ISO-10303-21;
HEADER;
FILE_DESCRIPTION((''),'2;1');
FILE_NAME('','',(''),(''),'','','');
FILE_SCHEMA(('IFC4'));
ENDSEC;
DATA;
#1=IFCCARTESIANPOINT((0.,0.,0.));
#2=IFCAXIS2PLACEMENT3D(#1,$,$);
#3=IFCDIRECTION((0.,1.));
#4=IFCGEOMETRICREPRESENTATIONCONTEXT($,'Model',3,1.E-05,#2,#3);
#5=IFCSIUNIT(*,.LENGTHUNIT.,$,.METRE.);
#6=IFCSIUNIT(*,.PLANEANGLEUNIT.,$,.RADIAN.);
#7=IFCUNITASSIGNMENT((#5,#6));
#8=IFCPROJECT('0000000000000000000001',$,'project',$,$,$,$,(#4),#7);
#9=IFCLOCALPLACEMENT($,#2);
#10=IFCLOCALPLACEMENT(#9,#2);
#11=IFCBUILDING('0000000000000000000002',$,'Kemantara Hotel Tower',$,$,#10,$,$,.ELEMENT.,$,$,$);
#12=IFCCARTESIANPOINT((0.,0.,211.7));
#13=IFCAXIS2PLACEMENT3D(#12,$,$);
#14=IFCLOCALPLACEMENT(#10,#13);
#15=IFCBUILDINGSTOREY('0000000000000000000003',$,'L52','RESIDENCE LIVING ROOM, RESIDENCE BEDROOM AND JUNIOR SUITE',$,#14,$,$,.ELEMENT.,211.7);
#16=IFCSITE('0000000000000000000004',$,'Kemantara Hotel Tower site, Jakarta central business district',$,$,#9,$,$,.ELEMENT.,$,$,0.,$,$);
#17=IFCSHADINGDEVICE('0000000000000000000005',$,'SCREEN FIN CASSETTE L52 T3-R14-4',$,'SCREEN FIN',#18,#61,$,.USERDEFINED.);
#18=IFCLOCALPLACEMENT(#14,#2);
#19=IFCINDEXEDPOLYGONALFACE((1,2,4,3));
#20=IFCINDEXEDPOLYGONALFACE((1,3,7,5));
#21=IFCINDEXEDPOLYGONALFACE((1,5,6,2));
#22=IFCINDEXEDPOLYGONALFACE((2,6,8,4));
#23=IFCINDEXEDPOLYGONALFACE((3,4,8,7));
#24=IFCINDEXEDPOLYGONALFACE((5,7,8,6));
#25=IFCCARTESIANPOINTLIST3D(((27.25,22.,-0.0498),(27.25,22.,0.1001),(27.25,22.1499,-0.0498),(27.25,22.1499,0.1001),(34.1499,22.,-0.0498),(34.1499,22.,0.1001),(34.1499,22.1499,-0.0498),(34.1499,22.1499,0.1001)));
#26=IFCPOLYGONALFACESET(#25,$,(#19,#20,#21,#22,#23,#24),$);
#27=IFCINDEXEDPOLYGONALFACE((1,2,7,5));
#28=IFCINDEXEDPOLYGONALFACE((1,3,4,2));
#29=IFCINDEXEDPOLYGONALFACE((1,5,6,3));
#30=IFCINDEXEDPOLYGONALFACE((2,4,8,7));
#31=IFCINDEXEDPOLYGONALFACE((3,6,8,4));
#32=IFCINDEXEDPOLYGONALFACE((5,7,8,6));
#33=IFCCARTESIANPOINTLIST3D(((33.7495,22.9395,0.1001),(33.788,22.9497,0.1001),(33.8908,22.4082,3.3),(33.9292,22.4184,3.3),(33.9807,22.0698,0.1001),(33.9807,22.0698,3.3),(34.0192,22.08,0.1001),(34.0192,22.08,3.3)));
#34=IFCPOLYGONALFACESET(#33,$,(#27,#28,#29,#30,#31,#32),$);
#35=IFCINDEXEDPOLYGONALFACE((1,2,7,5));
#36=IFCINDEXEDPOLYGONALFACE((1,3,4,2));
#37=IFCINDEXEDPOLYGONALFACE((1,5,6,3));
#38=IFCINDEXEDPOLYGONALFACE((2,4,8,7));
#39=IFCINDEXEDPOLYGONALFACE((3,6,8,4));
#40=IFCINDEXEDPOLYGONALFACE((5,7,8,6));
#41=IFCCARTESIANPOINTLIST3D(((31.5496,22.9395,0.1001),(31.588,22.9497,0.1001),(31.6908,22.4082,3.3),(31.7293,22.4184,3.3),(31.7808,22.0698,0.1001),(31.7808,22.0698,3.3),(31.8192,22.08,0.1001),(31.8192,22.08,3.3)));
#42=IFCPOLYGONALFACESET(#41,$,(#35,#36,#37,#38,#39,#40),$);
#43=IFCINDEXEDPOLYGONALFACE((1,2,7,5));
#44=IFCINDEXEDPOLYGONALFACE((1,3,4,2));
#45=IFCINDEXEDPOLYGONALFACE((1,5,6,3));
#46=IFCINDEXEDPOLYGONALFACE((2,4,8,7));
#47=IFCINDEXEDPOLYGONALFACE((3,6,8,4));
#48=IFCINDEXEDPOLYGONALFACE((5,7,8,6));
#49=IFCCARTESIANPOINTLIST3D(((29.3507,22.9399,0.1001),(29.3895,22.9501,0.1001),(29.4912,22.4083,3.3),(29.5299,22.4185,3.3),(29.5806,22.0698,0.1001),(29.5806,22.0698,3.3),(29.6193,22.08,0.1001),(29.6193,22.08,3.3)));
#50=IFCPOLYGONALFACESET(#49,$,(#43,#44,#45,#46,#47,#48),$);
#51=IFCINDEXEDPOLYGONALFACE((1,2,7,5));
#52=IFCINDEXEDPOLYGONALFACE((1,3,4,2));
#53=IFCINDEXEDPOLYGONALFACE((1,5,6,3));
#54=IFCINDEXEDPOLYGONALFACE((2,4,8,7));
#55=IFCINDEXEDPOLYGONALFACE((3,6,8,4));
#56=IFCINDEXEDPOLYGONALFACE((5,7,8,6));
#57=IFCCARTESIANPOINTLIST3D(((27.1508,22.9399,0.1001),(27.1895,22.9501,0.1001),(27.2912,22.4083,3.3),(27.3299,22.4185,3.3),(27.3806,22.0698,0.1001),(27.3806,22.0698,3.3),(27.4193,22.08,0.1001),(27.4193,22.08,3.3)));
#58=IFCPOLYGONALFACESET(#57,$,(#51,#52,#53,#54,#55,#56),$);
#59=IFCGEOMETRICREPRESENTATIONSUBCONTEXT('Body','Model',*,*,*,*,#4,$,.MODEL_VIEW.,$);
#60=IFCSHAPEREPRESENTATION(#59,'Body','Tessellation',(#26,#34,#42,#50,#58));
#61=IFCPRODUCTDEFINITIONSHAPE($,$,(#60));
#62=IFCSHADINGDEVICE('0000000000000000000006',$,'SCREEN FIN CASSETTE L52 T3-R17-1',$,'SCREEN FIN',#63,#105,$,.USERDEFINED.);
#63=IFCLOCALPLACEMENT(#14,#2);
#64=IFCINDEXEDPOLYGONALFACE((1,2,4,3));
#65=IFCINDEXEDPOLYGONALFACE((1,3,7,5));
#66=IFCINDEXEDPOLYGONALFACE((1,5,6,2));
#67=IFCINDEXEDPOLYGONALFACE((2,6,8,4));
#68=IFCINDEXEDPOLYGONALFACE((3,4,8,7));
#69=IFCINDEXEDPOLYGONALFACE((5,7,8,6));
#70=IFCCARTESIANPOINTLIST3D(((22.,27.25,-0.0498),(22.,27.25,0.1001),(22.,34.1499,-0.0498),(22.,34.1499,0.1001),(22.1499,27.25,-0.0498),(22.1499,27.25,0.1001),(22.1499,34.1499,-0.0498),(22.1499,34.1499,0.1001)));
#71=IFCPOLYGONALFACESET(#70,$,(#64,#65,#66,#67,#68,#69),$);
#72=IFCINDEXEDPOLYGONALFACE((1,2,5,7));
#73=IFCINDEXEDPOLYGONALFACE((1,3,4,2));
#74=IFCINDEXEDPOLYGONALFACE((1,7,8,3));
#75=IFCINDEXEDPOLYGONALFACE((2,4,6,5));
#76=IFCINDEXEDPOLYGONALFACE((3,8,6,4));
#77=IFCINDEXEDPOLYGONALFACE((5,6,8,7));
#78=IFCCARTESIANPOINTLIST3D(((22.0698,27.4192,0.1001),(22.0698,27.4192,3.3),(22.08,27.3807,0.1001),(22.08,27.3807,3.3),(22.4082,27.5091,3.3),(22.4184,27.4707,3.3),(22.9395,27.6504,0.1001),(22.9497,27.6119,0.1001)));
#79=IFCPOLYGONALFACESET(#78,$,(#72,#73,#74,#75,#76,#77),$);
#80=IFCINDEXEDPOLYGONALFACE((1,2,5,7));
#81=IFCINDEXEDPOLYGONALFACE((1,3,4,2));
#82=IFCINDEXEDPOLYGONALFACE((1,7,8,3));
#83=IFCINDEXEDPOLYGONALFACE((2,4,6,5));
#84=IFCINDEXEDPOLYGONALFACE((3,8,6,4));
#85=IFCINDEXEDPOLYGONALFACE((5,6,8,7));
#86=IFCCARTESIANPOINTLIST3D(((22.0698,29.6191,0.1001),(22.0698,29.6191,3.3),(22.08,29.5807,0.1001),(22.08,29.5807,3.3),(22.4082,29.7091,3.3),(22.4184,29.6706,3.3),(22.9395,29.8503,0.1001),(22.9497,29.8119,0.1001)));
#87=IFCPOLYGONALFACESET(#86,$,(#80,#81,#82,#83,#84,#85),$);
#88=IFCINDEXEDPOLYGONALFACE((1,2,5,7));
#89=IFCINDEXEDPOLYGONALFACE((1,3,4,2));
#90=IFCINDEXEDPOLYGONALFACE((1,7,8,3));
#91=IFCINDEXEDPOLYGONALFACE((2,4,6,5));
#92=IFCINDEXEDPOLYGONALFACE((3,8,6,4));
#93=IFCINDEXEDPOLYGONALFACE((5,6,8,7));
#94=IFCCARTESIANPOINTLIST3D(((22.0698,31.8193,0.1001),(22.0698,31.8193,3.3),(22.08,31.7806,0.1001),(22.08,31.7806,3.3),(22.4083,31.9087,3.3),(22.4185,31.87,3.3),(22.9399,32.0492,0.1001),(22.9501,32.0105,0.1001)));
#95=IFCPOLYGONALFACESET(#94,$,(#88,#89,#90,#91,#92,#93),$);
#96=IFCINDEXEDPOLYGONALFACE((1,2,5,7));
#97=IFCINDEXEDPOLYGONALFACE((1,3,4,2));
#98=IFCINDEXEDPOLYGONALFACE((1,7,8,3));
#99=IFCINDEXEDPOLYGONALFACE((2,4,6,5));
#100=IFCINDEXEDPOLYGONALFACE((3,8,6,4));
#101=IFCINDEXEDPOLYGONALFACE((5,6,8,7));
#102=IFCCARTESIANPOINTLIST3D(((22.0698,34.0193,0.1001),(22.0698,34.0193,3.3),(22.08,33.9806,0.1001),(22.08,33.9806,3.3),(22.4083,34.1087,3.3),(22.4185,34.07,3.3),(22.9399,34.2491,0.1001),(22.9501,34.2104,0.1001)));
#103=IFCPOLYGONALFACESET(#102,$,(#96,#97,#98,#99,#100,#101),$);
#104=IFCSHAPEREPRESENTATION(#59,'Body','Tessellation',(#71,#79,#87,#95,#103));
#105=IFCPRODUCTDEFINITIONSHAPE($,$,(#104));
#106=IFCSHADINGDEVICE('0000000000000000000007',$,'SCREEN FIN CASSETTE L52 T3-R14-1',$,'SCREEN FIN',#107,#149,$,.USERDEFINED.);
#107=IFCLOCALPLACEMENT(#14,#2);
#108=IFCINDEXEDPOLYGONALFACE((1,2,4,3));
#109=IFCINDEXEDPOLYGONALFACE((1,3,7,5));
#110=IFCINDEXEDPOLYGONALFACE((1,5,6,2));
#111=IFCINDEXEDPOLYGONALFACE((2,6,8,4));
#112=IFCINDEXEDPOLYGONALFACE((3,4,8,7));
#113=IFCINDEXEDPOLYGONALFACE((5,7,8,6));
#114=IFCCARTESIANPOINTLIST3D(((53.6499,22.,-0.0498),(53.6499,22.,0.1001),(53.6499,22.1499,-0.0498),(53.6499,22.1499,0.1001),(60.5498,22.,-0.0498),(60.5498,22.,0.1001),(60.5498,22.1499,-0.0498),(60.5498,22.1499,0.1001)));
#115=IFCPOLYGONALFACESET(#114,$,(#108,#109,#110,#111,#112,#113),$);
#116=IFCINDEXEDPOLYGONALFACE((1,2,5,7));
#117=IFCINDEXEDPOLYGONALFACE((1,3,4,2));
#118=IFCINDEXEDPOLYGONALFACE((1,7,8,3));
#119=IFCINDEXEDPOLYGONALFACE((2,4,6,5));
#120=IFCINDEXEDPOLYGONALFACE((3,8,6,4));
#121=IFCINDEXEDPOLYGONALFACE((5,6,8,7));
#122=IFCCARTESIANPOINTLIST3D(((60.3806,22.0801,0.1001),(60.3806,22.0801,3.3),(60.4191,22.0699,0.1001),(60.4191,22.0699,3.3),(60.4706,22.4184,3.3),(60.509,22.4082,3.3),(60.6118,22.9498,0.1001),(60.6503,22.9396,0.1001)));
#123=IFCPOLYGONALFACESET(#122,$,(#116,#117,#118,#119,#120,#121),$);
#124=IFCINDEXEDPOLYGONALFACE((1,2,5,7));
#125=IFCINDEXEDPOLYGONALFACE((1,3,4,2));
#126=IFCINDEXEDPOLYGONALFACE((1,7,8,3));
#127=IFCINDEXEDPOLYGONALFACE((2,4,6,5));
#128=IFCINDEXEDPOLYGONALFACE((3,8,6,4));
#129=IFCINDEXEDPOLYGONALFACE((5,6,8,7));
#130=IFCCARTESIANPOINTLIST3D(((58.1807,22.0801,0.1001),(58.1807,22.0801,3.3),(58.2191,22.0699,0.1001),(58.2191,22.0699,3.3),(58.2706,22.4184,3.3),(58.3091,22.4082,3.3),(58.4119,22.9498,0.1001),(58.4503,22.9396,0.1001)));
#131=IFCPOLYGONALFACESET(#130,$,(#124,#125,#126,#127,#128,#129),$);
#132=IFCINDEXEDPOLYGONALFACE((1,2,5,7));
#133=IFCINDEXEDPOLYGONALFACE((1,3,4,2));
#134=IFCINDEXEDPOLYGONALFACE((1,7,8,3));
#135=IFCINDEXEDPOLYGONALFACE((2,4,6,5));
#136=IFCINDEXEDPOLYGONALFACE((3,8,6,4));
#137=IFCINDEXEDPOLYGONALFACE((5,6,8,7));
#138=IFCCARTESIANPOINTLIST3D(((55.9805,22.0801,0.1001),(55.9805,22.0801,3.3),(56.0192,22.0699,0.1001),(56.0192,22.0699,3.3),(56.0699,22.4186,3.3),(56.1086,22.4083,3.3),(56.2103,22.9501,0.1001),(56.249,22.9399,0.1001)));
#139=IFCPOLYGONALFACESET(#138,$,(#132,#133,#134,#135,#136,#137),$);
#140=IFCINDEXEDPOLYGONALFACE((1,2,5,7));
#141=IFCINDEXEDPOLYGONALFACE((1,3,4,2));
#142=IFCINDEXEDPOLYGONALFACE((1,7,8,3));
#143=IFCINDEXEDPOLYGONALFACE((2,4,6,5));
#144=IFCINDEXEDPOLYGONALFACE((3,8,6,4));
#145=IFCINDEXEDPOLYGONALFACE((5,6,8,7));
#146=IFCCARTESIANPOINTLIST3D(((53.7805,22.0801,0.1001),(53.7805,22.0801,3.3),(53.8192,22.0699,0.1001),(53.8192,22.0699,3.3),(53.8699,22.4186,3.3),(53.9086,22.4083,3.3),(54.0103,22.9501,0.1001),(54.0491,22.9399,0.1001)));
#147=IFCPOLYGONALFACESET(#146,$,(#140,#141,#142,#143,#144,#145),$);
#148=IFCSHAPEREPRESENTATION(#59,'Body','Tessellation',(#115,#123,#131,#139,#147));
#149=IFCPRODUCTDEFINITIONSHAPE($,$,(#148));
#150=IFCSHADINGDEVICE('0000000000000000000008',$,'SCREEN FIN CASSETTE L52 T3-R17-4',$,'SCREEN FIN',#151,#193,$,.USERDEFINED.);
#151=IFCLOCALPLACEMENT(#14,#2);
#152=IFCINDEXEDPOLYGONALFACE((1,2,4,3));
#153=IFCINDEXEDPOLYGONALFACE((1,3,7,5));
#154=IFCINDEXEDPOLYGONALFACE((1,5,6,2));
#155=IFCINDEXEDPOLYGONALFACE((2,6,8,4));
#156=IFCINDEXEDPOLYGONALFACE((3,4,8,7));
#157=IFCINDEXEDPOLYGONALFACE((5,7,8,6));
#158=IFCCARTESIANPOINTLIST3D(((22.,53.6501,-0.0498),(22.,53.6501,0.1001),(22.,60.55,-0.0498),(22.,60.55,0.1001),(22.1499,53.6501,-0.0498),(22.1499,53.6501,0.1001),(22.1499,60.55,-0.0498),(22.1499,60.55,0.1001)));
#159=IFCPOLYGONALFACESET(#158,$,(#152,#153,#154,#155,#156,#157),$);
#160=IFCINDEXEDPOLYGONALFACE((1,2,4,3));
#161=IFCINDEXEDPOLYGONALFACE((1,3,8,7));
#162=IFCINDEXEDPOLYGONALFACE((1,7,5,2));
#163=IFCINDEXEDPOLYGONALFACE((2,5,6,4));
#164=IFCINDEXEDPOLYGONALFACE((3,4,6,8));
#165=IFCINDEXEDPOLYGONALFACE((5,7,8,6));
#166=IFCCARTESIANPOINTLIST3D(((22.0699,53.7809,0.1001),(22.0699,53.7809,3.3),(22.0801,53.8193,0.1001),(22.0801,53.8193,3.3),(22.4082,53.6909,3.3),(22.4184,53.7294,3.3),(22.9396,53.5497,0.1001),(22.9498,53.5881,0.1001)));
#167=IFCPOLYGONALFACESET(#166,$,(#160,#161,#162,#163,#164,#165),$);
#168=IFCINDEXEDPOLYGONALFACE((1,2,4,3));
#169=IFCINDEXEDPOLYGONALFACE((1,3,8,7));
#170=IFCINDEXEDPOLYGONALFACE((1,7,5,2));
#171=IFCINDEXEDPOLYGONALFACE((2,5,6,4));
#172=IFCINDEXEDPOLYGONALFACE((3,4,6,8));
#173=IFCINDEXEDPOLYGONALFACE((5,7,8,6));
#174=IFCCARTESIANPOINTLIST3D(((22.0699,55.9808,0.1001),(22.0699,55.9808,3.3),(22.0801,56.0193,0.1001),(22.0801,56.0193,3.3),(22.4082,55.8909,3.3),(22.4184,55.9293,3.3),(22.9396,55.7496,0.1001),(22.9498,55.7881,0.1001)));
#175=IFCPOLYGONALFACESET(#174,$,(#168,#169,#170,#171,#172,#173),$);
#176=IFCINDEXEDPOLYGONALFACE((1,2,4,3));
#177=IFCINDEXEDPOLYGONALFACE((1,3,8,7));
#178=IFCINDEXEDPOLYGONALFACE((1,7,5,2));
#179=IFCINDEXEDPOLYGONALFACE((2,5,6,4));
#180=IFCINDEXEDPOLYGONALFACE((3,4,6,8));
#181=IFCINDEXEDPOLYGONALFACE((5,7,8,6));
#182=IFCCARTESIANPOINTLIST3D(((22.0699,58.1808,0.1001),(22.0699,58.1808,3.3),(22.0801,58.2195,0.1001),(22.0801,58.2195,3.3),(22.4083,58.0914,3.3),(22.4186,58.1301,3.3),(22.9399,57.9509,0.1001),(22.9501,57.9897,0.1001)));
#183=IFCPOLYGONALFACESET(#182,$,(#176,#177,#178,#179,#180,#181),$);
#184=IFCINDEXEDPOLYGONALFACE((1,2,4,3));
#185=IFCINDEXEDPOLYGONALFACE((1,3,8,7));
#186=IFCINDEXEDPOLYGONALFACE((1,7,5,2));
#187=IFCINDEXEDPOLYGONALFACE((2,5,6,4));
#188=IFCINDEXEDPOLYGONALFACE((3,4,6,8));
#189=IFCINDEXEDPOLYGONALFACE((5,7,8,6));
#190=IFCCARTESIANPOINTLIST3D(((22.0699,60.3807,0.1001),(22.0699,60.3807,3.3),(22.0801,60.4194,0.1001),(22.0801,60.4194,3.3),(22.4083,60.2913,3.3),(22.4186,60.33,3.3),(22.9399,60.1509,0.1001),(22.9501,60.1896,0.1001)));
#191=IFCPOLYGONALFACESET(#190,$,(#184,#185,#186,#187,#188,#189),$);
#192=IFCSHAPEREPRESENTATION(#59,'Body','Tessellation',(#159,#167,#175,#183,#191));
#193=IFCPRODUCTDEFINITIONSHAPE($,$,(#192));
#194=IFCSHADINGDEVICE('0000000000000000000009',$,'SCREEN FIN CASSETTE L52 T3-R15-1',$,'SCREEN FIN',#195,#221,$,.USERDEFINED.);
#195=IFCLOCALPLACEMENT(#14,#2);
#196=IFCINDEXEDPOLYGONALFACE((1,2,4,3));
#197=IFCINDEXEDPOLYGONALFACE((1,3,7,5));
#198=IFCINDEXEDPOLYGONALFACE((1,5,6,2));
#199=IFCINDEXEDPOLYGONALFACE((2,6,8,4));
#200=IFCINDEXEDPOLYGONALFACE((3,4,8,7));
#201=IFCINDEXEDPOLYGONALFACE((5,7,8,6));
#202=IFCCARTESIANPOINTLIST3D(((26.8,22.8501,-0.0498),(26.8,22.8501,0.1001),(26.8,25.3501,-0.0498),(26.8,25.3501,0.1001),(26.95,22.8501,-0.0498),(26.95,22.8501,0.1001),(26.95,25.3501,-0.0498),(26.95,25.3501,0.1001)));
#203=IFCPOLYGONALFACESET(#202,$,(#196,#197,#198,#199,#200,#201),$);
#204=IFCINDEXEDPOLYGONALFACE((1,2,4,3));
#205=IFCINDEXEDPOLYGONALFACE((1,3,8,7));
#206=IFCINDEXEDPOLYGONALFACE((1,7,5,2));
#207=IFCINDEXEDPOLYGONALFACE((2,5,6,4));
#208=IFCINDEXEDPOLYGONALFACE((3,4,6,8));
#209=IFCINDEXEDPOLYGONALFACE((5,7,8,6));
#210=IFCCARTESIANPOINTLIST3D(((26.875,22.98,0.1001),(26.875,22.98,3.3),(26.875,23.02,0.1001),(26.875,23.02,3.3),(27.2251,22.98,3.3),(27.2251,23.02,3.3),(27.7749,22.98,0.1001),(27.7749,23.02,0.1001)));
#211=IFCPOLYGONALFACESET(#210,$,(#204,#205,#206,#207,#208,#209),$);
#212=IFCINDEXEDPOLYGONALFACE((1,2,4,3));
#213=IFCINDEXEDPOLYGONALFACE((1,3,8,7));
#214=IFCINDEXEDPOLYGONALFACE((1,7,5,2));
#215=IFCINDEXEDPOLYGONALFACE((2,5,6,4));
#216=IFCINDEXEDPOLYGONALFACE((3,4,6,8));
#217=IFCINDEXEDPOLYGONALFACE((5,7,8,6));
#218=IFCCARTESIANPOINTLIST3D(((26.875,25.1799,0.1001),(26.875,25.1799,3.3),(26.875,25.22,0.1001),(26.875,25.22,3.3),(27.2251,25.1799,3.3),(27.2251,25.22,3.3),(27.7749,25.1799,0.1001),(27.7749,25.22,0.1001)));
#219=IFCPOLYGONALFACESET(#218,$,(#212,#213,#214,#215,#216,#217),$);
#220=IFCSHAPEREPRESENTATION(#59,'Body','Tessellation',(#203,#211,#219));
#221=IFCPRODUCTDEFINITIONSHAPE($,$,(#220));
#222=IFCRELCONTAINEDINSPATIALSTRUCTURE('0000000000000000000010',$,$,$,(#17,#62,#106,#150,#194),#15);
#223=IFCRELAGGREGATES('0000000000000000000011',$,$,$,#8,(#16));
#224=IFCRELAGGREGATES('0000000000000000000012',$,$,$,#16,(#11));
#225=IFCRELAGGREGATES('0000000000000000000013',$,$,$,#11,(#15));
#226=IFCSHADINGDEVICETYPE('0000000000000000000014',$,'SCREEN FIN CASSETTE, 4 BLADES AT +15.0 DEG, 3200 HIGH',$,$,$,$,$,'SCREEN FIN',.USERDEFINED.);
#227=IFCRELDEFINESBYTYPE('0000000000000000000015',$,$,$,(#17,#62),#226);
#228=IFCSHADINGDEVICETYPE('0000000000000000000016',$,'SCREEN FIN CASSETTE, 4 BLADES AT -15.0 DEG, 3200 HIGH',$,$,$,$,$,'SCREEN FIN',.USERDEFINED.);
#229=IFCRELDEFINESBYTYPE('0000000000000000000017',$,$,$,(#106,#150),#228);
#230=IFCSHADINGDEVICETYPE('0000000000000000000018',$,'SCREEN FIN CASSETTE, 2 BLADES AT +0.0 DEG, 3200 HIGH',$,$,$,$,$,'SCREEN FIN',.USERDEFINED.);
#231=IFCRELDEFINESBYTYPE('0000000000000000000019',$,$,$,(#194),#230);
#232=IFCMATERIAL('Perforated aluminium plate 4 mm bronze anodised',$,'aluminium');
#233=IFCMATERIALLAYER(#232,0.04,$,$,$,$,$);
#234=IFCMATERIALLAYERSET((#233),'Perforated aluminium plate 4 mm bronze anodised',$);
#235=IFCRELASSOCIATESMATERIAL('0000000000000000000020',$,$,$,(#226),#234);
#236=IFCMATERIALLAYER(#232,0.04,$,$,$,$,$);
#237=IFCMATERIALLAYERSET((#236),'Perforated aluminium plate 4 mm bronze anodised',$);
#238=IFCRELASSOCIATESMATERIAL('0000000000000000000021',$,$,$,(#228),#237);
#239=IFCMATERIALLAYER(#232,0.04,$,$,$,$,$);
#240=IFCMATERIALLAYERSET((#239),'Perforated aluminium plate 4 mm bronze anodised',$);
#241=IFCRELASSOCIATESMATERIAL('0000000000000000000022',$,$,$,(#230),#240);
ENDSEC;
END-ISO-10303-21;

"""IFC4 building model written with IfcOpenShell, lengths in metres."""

from ifc_helpers import new_model, si_unit, direction, frame, origin, origin_2d, place, context, subcontext, project, spatial, polyline, rectangle, outline, extrude, source, transform, mapped, material, layer, layer_set, type_object, element, save


model = new_model("IFC4")

# Units and contexts
model_context = context("Model", 3, precision=1e-05, world=origin(), true_north=direction((0.0, 1.0)))
body_context = subcontext(model_context, "Body", "Model", "MODEL_VIEW")
ifc_project = project(units=[si_unit("LENGTHUNIT", "METRE"), si_unit("PLANEANGLEUNIT", "RADIAN")], contexts=[model_context])

# Site, building, storey
site_placement = place(None, origin())
site = spatial("IfcSite", under=ifc_project, at=site_placement, Name="Kemantara Hotel Tower site, Jakarta central business district", CompositionType="ELEMENT", RefElevation=0.0)
building_placement = place(site_placement, origin())
building = spatial("IfcBuilding", under=site, at=building_placement, Name="Kemantara Hotel Tower", CompositionType="ELEMENT")
storey_placement = place(building_placement, frame((0.0, 0.0, 211.7)))
storey = spatial("IfcBuildingStorey", under=building, at=storey_placement, Name="L52", Description="RESIDENCE LIVING ROOM, RESIDENCE BEDROOM AND JUNIOR SUITE", CompositionType="ELEMENT", Elevation=211.7)

# Shading devices
ifc_material_1 = material(Name="Perforated aluminium plate 4 mm bronze anodised", Category="aluminium")
ifc_layer_1 = layer(ifc_material_1, 0.04)
ifc_layer_set_1 = layer_set([ifc_layer_1], Name="Perforated aluminium plate 4 mm bronze anodised")
shading_device_type_1 = type_object("IfcShadingDeviceType", Name="SCREEN FIN CASSETTE, 4 BLADES AT +15.0 DEG, 3200 HIGH", ElementType="SCREEN FIN", PredefinedType="USERDEFINED", material=ifc_layer_set_1)
shared_shape_1 = source(origin(), body_context, "Body", "SweptSolid", [
    extrude(rectangle(XDim=6.8999, YDim=0.1499, at=origin_2d()), frame((3.3, -0.075, -0.1499), z_axis=(0.0, 0.0, 1.0), x_axis=(1.0, 0.0, 0.0)), (0.0, 0.0, 1.0), 0.1499),
    extrude(outline(polyline([(0.0, 0.0), (0.8999, 0.0), (0.3501, 3.2), (0.0, 3.2), (0.0, 0.0)])), frame((0.0193, -0.0698, 0.0), z_axis=(-0.966438, -0.256901, 0.0), x_axis=(0.256901, -0.966438, 0.0)), (0.0, 0.0, 1.0), 0.0398),
    extrude(outline(polyline([(0.0, 0.0), (0.8999, 0.0), (0.3501, 3.2), (0.0, 3.2), (0.0, 0.0)])), frame((2.2192, -0.0698, 0.0), z_axis=(-0.966438, -0.256901, 0.0), x_axis=(0.256901, -0.966438, 0.0)), (0.0, 0.0, 1.0), 0.0398),
    extrude(outline(polyline([(0.0, 0.0), (0.8999, 0.0), (0.3501, 3.2), (0.0, 3.2), (0.0, 0.0)])), frame((4.4194, -0.0698, 0.0), z_axis=(-0.966838, -0.255391, 0.0), x_axis=(0.255391, -0.966838, 0.0)), (0.0, 0.0, 1.0), 0.04),
    extrude(outline(polyline([(0.0, 0.0), (0.8999, 0.0), (0.3501, 3.2), (0.0, 3.2), (0.0, 0.0)])), frame((6.6194, -0.0698, 0.0), z_axis=(-0.966838, -0.255391, 0.0), x_axis=(0.255391, -0.966838, 0.0)), (0.0, 0.0, 1.0), 0.04),
])
for number, where, z_axis, x_axis, name in (
    (1, (34.0, 22.0, 0.1001), (0.0, 0.0, 1.0), (-1.0, 0.0, 0.0), "SCREEN FIN CASSETTE L52 T3-R14-4"),
    (2, (22.0, 27.3999, 0.1001), (0.0, 0.0, 1.0), (0.0, 1.0, 0.0), "SCREEN FIN CASSETTE L52 T3-R17-1"),
):
    element("IfcShadingDevice", number, at=place(storey_placement, frame(where, z_axis=z_axis, x_axis=x_axis)), inside=storey, type_object=shading_device_type_1, Name=name, ObjectType="SCREEN FIN", PredefinedType="USERDEFINED", context=body_context, shape_type="MappedRepresentation", body=[
        mapped(shared_shape_1, transform((0.0, 0.0, 0.0))),
    ])
ifc_layer_2 = layer(ifc_material_1, 0.04)
ifc_layer_set_2 = layer_set([ifc_layer_2], Name="Perforated aluminium plate 4 mm bronze anodised")
shading_device_type_2 = type_object("IfcShadingDeviceType", Name="SCREEN FIN CASSETTE, 4 BLADES AT -15.0 DEG, 3200 HIGH", ElementType="SCREEN FIN", PredefinedType="USERDEFINED", material=ifc_layer_set_2)
shared_shape_2 = source(origin(), body_context, "Body", "SweptSolid", [
    extrude(rectangle(XDim=6.8999, YDim=0.1499, at=origin_2d()), frame((3.3, -0.075, -0.1499), z_axis=(0.0, 0.0, 1.0), x_axis=(1.0, 0.0, 0.0)), (0.0, 0.0, 1.0), 0.1499),
    extrude(outline(polyline([(0.0, 0.0), (0.8999, 0.0), (0.3501, 3.2), (0.0, 3.2), (0.0, 0.0)])), frame((0.0193, -0.0801, 0.0), z_axis=(-0.966438, 0.256901, 0.0), x_axis=(-0.256901, -0.966438, 0.0)), (0.0, 0.0, 1.0), 0.0398),
    extrude(outline(polyline([(0.0, 0.0), (0.8999, 0.0), (0.3501, 3.2), (0.0, 3.2), (0.0, 0.0)])), frame((2.2192, -0.0801, 0.0), z_axis=(-0.966438, 0.256901, 0.0), x_axis=(-0.256901, -0.966438, 0.0)), (0.0, 0.0, 1.0), 0.0398),
    extrude(outline(polyline([(0.0, 0.0), (0.8999, 0.0), (0.3501, 3.2), (0.0, 3.2), (0.0, 0.0)])), frame((4.4194, -0.0801, 0.0), z_axis=(-0.966838, 0.255391, 0.0), x_axis=(-0.255391, -0.966838, 0.0)), (0.0, 0.0, 1.0), 0.04),
    extrude(outline(polyline([(0.0, 0.0), (0.8999, 0.0), (0.3501, 3.2), (0.0, 3.2), (0.0, 0.0)])), frame((6.6194, -0.0801, 0.0), z_axis=(-0.966838, 0.255391, 0.0), x_axis=(-0.255391, -0.966838, 0.0)), (0.0, 0.0, 1.0), 0.04),
])
for number, where, z_axis, x_axis, name in (
    (3, (60.3999, 22.0, 0.1001), (0.0, 0.0, 1.0), (-1.0, 0.0, 0.0), "SCREEN FIN CASSETTE L52 T3-R14-1"),
    (4, (22.0, 53.8, 0.1001), (0.0, 0.0, 1.0), (0.0, 1.0, 0.0), "SCREEN FIN CASSETTE L52 T3-R17-4"),
):
    element("IfcShadingDevice", number, at=place(storey_placement, frame(where, z_axis=z_axis, x_axis=x_axis)), inside=storey, type_object=shading_device_type_2, Name=name, ObjectType="SCREEN FIN", PredefinedType="USERDEFINED", context=body_context, shape_type="MappedRepresentation", body=[
        mapped(shared_shape_2, transform((0.0, 0.0, 0.0))),
    ])
ifc_layer_3 = layer(ifc_material_1, 0.04)
ifc_layer_set_3 = layer_set([ifc_layer_3], Name="Perforated aluminium plate 4 mm bronze anodised")
shading_device_type_3 = type_object("IfcShadingDeviceType", Name="SCREEN FIN CASSETTE, 2 BLADES AT +0.0 DEG, 3200 HIGH", ElementType="SCREEN FIN", PredefinedType="USERDEFINED", material=ifc_layer_set_3)
shared_shape_3 = source(origin(), body_context, "Body", "SweptSolid", [
    extrude(rectangle(XDim=2.5, YDim=0.1499, at=origin_2d()), frame((1.1001, -0.075, -0.1499), z_axis=(0.0, 0.0, 1.0), x_axis=(1.0, 0.0, 0.0)), (0.0, 0.0, 1.0), 0.1499),
    extrude(outline(polyline([(0.0, 0.0), (0.8999, 0.0), (0.3501, 3.2), (0.0, 3.2), (0.0, 0.0)])), frame((0.02, -0.075, 0.0), z_axis=(-1.0, 0.0, 0.0), x_axis=(0.0, -1.0, 0.0)), (0.0, 0.0, 1.0), 0.04),
    extrude(outline(polyline([(0.0, 0.0), (0.8999, 0.0), (0.3501, 3.2), (0.0, 3.2), (0.0, 0.0)])), frame((2.22, -0.075, 0.0), z_axis=(-1.0, 0.0, 0.0), x_axis=(0.0, -1.0, 0.0)), (0.0, 0.0, 1.0), 0.04),
])
for number, where, z_axis, x_axis, name in (
    (5, (26.8, 23.0, 0.1001), (0.0, 0.0, 1.0), (0.0, 1.0, 0.0), "SCREEN FIN CASSETTE L52 T3-R15-1"),
):
    element("IfcShadingDevice", number, at=place(storey_placement, frame(where, z_axis=z_axis, x_axis=x_axis)), inside=storey, type_object=shading_device_type_3, Name=name, ObjectType="SCREEN FIN", PredefinedType="USERDEFINED", context=body_context, shape_type="MappedRepresentation", body=[
        mapped(shared_shape_3, transform((0.0, 0.0, 0.0))),
    ])

save(model, "model.ifc")
